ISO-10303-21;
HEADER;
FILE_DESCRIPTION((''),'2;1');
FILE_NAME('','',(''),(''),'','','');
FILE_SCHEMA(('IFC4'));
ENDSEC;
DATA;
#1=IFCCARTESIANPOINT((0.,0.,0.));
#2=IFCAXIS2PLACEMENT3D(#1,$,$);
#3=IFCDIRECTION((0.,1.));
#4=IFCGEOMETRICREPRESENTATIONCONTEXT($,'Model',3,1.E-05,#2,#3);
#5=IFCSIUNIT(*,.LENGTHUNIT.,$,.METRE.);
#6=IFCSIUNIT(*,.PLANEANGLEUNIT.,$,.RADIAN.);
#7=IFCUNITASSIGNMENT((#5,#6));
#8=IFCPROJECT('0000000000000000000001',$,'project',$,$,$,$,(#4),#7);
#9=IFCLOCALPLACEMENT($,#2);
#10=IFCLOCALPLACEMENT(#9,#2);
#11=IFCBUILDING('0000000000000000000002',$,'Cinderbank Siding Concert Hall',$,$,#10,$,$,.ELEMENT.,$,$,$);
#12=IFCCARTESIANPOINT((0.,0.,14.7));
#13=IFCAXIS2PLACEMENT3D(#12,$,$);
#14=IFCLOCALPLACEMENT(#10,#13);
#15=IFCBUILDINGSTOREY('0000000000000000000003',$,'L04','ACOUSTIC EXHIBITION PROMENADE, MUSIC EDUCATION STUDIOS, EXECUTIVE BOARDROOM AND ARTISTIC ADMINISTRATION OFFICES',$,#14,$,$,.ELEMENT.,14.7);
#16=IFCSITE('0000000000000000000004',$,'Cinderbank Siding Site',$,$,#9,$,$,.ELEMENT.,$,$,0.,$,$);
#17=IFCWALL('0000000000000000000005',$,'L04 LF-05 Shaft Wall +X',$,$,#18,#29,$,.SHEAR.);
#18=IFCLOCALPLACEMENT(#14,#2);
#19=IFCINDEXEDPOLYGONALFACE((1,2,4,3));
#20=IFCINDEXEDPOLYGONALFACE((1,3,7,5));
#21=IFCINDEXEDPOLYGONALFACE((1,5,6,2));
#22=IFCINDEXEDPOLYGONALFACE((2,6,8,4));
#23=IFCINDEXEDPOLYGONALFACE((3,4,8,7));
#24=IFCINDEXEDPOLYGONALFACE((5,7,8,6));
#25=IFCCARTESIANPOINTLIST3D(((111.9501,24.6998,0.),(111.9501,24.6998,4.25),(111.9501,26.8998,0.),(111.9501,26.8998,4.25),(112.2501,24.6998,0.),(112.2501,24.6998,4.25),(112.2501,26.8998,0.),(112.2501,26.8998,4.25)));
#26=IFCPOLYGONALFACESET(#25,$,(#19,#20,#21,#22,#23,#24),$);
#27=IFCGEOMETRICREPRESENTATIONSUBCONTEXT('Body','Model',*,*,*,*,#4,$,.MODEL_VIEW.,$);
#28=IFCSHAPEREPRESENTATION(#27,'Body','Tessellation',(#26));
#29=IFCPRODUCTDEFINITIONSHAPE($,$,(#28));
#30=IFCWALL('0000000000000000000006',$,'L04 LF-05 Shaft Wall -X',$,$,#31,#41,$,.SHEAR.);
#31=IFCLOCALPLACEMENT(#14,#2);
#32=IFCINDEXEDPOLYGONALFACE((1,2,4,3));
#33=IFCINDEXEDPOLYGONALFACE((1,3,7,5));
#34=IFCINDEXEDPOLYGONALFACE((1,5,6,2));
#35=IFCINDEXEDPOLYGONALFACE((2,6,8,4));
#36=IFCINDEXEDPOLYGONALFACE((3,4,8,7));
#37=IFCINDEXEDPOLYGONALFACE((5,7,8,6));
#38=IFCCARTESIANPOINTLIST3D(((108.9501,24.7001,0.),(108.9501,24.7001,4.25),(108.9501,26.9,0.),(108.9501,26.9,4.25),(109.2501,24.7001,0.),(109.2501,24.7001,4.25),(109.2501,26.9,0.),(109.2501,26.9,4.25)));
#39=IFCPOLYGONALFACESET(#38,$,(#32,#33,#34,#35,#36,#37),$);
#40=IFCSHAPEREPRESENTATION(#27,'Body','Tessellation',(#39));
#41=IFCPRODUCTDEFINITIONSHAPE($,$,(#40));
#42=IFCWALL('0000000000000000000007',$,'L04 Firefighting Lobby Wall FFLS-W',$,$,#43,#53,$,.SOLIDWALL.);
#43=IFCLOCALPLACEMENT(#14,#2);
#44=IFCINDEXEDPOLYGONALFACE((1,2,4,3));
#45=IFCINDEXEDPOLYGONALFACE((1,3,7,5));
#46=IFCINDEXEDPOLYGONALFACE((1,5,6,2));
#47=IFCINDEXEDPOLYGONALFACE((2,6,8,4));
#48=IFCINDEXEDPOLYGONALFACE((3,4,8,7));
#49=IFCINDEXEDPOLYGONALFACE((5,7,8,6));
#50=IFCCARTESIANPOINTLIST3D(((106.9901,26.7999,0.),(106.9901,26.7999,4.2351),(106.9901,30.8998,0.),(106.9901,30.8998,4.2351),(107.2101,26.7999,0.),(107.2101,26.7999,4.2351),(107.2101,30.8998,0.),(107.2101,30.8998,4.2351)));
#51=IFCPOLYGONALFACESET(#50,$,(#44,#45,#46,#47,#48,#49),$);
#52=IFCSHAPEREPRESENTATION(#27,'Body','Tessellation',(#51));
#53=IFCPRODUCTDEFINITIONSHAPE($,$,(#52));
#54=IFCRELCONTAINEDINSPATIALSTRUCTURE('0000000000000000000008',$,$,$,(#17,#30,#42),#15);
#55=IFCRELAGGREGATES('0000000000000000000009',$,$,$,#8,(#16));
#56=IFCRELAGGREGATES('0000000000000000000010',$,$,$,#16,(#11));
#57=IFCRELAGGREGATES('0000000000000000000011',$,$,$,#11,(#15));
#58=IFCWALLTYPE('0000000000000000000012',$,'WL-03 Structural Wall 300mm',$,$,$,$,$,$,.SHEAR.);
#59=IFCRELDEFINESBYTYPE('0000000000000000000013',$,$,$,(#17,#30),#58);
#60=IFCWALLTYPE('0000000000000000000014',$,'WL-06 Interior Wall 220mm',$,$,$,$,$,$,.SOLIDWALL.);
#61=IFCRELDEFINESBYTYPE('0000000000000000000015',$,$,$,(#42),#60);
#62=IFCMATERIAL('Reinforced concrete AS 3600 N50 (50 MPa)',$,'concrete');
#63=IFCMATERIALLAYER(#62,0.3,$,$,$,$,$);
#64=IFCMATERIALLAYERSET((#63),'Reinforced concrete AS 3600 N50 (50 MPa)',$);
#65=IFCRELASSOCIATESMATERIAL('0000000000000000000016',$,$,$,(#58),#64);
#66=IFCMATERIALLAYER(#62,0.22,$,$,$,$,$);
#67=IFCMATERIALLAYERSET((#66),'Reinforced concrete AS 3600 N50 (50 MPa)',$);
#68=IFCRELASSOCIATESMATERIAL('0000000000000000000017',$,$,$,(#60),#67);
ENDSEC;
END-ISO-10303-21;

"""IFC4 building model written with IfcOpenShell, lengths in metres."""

from ifc_helpers import new_model, si_unit, direction, frame, frame_2d, origin, place, context, subcontext, project, spatial, rectangle, extrude, material, layer, layer_set, type_object, element, save


model = new_model("IFC4")

# Units and contexts
model_context = context("Model", 3, precision=1e-05, world=origin(), true_north=direction((0.0, 1.0)))
body_context = subcontext(model_context, "Body", "Model", "MODEL_VIEW")
ifc_project = project(units=[si_unit("LENGTHUNIT", "METRE"), si_unit("PLANEANGLEUNIT", "RADIAN")], contexts=[model_context])

# Site, building, storey
site_placement = place(None, origin())
site = spatial("IfcSite", under=ifc_project, at=site_placement, Name="Cinderbank Siding Site", CompositionType="ELEMENT", RefElevation=0.0)
building_placement = place(site_placement, origin())
building = spatial("IfcBuilding", under=site, at=building_placement, Name="Cinderbank Siding Concert Hall", CompositionType="ELEMENT")
storey_placement = place(building_placement, frame((0.0, 0.0, 14.7)))
storey = spatial("IfcBuildingStorey", under=building, at=storey_placement, Name="L04", Description="ACOUSTIC EXHIBITION PROMENADE, MUSIC EDUCATION STUDIOS, EXECUTIVE BOARDROOM AND ARTISTIC ADMINISTRATION OFFICES", CompositionType="ELEMENT", Elevation=14.7)

# Shared definitions
ifc_material_1 = material(Name="Reinforced concrete AS 3600 N50 (50 MPa)", Category="concrete")

# Wall
ifc_layer_1 = layer(ifc_material_1, 0.3)
ifc_layer_set_1 = layer_set([ifc_layer_1], Name="Reinforced concrete AS 3600 N50 (50 MPa)")
wall_type_1 = type_object("IfcWallType", Name="WL-03 Structural Wall 300mm", PredefinedType="SHEAR", material=ifc_layer_set_1)
wall_1_placement = place(storey_placement, frame((112.1001, 26.8999, 0.0), z_axis=(0.0, 0.0, 1.0), x_axis=(0.0, -1.0, 0.0)))
element("IfcWall", 1, at=wall_1_placement, inside=storey, type_object=wall_type_1, Name="L04 LF-05 Shaft Wall +X", PredefinedType="SHEAR", context=body_context, shape_type="SweptSolid", body=[
    extrude(rectangle(XDim=2.2, YDim=0.3, at=frame_2d((1.1001, 0.0))), origin(), (0.0, 0.0, 1.0), 4.25),
])

# Walls
wall_2_placement = place(storey_placement, frame((109.1001, 24.7, 0.0), z_axis=(0.0, 0.0, 1.0), x_axis=(0.0, 1.0, 0.0)))
element("IfcWall", 2, at=wall_2_placement, inside=storey, type_object=wall_type_1, Name="L04 LF-05 Shaft Wall -X", PredefinedType="SHEAR", context=body_context, shape_type="SweptSolid", body=[
    extrude(rectangle(XDim=2.2, YDim=0.3, at=frame_2d((1.1001, 0.0))), origin(), (0.0, 0.0, 1.0), 4.25),
])
ifc_layer_2 = layer(ifc_material_1, 0.22)
ifc_layer_set_2 = layer_set([ifc_layer_2], Name="Reinforced concrete AS 3600 N50 (50 MPa)")
wall_type_2 = type_object("IfcWallType", Name="WL-06 Interior Wall 220mm", PredefinedType="SOLIDWALL", material=ifc_layer_set_2)
wall_3_placement = place(storey_placement, frame((107.1001, 26.8, 0.0), z_axis=(0.0, 0.0, 1.0), x_axis=(0.0, 1.0, 0.0)))
element("IfcWall", 3, at=wall_3_placement, inside=storey, type_object=wall_type_2, Name="L04 Firefighting Lobby Wall FFLS-W", PredefinedType="SOLIDWALL", context=body_context, shape_type="SweptSolid", body=[
    extrude(rectangle(XDim=4.0999, YDim=0.22, at=frame_2d((2.0498, 0.0))), origin(), (0.0, 0.0, 1.0), 4.2351),
])

save(model, "model.ifc")
